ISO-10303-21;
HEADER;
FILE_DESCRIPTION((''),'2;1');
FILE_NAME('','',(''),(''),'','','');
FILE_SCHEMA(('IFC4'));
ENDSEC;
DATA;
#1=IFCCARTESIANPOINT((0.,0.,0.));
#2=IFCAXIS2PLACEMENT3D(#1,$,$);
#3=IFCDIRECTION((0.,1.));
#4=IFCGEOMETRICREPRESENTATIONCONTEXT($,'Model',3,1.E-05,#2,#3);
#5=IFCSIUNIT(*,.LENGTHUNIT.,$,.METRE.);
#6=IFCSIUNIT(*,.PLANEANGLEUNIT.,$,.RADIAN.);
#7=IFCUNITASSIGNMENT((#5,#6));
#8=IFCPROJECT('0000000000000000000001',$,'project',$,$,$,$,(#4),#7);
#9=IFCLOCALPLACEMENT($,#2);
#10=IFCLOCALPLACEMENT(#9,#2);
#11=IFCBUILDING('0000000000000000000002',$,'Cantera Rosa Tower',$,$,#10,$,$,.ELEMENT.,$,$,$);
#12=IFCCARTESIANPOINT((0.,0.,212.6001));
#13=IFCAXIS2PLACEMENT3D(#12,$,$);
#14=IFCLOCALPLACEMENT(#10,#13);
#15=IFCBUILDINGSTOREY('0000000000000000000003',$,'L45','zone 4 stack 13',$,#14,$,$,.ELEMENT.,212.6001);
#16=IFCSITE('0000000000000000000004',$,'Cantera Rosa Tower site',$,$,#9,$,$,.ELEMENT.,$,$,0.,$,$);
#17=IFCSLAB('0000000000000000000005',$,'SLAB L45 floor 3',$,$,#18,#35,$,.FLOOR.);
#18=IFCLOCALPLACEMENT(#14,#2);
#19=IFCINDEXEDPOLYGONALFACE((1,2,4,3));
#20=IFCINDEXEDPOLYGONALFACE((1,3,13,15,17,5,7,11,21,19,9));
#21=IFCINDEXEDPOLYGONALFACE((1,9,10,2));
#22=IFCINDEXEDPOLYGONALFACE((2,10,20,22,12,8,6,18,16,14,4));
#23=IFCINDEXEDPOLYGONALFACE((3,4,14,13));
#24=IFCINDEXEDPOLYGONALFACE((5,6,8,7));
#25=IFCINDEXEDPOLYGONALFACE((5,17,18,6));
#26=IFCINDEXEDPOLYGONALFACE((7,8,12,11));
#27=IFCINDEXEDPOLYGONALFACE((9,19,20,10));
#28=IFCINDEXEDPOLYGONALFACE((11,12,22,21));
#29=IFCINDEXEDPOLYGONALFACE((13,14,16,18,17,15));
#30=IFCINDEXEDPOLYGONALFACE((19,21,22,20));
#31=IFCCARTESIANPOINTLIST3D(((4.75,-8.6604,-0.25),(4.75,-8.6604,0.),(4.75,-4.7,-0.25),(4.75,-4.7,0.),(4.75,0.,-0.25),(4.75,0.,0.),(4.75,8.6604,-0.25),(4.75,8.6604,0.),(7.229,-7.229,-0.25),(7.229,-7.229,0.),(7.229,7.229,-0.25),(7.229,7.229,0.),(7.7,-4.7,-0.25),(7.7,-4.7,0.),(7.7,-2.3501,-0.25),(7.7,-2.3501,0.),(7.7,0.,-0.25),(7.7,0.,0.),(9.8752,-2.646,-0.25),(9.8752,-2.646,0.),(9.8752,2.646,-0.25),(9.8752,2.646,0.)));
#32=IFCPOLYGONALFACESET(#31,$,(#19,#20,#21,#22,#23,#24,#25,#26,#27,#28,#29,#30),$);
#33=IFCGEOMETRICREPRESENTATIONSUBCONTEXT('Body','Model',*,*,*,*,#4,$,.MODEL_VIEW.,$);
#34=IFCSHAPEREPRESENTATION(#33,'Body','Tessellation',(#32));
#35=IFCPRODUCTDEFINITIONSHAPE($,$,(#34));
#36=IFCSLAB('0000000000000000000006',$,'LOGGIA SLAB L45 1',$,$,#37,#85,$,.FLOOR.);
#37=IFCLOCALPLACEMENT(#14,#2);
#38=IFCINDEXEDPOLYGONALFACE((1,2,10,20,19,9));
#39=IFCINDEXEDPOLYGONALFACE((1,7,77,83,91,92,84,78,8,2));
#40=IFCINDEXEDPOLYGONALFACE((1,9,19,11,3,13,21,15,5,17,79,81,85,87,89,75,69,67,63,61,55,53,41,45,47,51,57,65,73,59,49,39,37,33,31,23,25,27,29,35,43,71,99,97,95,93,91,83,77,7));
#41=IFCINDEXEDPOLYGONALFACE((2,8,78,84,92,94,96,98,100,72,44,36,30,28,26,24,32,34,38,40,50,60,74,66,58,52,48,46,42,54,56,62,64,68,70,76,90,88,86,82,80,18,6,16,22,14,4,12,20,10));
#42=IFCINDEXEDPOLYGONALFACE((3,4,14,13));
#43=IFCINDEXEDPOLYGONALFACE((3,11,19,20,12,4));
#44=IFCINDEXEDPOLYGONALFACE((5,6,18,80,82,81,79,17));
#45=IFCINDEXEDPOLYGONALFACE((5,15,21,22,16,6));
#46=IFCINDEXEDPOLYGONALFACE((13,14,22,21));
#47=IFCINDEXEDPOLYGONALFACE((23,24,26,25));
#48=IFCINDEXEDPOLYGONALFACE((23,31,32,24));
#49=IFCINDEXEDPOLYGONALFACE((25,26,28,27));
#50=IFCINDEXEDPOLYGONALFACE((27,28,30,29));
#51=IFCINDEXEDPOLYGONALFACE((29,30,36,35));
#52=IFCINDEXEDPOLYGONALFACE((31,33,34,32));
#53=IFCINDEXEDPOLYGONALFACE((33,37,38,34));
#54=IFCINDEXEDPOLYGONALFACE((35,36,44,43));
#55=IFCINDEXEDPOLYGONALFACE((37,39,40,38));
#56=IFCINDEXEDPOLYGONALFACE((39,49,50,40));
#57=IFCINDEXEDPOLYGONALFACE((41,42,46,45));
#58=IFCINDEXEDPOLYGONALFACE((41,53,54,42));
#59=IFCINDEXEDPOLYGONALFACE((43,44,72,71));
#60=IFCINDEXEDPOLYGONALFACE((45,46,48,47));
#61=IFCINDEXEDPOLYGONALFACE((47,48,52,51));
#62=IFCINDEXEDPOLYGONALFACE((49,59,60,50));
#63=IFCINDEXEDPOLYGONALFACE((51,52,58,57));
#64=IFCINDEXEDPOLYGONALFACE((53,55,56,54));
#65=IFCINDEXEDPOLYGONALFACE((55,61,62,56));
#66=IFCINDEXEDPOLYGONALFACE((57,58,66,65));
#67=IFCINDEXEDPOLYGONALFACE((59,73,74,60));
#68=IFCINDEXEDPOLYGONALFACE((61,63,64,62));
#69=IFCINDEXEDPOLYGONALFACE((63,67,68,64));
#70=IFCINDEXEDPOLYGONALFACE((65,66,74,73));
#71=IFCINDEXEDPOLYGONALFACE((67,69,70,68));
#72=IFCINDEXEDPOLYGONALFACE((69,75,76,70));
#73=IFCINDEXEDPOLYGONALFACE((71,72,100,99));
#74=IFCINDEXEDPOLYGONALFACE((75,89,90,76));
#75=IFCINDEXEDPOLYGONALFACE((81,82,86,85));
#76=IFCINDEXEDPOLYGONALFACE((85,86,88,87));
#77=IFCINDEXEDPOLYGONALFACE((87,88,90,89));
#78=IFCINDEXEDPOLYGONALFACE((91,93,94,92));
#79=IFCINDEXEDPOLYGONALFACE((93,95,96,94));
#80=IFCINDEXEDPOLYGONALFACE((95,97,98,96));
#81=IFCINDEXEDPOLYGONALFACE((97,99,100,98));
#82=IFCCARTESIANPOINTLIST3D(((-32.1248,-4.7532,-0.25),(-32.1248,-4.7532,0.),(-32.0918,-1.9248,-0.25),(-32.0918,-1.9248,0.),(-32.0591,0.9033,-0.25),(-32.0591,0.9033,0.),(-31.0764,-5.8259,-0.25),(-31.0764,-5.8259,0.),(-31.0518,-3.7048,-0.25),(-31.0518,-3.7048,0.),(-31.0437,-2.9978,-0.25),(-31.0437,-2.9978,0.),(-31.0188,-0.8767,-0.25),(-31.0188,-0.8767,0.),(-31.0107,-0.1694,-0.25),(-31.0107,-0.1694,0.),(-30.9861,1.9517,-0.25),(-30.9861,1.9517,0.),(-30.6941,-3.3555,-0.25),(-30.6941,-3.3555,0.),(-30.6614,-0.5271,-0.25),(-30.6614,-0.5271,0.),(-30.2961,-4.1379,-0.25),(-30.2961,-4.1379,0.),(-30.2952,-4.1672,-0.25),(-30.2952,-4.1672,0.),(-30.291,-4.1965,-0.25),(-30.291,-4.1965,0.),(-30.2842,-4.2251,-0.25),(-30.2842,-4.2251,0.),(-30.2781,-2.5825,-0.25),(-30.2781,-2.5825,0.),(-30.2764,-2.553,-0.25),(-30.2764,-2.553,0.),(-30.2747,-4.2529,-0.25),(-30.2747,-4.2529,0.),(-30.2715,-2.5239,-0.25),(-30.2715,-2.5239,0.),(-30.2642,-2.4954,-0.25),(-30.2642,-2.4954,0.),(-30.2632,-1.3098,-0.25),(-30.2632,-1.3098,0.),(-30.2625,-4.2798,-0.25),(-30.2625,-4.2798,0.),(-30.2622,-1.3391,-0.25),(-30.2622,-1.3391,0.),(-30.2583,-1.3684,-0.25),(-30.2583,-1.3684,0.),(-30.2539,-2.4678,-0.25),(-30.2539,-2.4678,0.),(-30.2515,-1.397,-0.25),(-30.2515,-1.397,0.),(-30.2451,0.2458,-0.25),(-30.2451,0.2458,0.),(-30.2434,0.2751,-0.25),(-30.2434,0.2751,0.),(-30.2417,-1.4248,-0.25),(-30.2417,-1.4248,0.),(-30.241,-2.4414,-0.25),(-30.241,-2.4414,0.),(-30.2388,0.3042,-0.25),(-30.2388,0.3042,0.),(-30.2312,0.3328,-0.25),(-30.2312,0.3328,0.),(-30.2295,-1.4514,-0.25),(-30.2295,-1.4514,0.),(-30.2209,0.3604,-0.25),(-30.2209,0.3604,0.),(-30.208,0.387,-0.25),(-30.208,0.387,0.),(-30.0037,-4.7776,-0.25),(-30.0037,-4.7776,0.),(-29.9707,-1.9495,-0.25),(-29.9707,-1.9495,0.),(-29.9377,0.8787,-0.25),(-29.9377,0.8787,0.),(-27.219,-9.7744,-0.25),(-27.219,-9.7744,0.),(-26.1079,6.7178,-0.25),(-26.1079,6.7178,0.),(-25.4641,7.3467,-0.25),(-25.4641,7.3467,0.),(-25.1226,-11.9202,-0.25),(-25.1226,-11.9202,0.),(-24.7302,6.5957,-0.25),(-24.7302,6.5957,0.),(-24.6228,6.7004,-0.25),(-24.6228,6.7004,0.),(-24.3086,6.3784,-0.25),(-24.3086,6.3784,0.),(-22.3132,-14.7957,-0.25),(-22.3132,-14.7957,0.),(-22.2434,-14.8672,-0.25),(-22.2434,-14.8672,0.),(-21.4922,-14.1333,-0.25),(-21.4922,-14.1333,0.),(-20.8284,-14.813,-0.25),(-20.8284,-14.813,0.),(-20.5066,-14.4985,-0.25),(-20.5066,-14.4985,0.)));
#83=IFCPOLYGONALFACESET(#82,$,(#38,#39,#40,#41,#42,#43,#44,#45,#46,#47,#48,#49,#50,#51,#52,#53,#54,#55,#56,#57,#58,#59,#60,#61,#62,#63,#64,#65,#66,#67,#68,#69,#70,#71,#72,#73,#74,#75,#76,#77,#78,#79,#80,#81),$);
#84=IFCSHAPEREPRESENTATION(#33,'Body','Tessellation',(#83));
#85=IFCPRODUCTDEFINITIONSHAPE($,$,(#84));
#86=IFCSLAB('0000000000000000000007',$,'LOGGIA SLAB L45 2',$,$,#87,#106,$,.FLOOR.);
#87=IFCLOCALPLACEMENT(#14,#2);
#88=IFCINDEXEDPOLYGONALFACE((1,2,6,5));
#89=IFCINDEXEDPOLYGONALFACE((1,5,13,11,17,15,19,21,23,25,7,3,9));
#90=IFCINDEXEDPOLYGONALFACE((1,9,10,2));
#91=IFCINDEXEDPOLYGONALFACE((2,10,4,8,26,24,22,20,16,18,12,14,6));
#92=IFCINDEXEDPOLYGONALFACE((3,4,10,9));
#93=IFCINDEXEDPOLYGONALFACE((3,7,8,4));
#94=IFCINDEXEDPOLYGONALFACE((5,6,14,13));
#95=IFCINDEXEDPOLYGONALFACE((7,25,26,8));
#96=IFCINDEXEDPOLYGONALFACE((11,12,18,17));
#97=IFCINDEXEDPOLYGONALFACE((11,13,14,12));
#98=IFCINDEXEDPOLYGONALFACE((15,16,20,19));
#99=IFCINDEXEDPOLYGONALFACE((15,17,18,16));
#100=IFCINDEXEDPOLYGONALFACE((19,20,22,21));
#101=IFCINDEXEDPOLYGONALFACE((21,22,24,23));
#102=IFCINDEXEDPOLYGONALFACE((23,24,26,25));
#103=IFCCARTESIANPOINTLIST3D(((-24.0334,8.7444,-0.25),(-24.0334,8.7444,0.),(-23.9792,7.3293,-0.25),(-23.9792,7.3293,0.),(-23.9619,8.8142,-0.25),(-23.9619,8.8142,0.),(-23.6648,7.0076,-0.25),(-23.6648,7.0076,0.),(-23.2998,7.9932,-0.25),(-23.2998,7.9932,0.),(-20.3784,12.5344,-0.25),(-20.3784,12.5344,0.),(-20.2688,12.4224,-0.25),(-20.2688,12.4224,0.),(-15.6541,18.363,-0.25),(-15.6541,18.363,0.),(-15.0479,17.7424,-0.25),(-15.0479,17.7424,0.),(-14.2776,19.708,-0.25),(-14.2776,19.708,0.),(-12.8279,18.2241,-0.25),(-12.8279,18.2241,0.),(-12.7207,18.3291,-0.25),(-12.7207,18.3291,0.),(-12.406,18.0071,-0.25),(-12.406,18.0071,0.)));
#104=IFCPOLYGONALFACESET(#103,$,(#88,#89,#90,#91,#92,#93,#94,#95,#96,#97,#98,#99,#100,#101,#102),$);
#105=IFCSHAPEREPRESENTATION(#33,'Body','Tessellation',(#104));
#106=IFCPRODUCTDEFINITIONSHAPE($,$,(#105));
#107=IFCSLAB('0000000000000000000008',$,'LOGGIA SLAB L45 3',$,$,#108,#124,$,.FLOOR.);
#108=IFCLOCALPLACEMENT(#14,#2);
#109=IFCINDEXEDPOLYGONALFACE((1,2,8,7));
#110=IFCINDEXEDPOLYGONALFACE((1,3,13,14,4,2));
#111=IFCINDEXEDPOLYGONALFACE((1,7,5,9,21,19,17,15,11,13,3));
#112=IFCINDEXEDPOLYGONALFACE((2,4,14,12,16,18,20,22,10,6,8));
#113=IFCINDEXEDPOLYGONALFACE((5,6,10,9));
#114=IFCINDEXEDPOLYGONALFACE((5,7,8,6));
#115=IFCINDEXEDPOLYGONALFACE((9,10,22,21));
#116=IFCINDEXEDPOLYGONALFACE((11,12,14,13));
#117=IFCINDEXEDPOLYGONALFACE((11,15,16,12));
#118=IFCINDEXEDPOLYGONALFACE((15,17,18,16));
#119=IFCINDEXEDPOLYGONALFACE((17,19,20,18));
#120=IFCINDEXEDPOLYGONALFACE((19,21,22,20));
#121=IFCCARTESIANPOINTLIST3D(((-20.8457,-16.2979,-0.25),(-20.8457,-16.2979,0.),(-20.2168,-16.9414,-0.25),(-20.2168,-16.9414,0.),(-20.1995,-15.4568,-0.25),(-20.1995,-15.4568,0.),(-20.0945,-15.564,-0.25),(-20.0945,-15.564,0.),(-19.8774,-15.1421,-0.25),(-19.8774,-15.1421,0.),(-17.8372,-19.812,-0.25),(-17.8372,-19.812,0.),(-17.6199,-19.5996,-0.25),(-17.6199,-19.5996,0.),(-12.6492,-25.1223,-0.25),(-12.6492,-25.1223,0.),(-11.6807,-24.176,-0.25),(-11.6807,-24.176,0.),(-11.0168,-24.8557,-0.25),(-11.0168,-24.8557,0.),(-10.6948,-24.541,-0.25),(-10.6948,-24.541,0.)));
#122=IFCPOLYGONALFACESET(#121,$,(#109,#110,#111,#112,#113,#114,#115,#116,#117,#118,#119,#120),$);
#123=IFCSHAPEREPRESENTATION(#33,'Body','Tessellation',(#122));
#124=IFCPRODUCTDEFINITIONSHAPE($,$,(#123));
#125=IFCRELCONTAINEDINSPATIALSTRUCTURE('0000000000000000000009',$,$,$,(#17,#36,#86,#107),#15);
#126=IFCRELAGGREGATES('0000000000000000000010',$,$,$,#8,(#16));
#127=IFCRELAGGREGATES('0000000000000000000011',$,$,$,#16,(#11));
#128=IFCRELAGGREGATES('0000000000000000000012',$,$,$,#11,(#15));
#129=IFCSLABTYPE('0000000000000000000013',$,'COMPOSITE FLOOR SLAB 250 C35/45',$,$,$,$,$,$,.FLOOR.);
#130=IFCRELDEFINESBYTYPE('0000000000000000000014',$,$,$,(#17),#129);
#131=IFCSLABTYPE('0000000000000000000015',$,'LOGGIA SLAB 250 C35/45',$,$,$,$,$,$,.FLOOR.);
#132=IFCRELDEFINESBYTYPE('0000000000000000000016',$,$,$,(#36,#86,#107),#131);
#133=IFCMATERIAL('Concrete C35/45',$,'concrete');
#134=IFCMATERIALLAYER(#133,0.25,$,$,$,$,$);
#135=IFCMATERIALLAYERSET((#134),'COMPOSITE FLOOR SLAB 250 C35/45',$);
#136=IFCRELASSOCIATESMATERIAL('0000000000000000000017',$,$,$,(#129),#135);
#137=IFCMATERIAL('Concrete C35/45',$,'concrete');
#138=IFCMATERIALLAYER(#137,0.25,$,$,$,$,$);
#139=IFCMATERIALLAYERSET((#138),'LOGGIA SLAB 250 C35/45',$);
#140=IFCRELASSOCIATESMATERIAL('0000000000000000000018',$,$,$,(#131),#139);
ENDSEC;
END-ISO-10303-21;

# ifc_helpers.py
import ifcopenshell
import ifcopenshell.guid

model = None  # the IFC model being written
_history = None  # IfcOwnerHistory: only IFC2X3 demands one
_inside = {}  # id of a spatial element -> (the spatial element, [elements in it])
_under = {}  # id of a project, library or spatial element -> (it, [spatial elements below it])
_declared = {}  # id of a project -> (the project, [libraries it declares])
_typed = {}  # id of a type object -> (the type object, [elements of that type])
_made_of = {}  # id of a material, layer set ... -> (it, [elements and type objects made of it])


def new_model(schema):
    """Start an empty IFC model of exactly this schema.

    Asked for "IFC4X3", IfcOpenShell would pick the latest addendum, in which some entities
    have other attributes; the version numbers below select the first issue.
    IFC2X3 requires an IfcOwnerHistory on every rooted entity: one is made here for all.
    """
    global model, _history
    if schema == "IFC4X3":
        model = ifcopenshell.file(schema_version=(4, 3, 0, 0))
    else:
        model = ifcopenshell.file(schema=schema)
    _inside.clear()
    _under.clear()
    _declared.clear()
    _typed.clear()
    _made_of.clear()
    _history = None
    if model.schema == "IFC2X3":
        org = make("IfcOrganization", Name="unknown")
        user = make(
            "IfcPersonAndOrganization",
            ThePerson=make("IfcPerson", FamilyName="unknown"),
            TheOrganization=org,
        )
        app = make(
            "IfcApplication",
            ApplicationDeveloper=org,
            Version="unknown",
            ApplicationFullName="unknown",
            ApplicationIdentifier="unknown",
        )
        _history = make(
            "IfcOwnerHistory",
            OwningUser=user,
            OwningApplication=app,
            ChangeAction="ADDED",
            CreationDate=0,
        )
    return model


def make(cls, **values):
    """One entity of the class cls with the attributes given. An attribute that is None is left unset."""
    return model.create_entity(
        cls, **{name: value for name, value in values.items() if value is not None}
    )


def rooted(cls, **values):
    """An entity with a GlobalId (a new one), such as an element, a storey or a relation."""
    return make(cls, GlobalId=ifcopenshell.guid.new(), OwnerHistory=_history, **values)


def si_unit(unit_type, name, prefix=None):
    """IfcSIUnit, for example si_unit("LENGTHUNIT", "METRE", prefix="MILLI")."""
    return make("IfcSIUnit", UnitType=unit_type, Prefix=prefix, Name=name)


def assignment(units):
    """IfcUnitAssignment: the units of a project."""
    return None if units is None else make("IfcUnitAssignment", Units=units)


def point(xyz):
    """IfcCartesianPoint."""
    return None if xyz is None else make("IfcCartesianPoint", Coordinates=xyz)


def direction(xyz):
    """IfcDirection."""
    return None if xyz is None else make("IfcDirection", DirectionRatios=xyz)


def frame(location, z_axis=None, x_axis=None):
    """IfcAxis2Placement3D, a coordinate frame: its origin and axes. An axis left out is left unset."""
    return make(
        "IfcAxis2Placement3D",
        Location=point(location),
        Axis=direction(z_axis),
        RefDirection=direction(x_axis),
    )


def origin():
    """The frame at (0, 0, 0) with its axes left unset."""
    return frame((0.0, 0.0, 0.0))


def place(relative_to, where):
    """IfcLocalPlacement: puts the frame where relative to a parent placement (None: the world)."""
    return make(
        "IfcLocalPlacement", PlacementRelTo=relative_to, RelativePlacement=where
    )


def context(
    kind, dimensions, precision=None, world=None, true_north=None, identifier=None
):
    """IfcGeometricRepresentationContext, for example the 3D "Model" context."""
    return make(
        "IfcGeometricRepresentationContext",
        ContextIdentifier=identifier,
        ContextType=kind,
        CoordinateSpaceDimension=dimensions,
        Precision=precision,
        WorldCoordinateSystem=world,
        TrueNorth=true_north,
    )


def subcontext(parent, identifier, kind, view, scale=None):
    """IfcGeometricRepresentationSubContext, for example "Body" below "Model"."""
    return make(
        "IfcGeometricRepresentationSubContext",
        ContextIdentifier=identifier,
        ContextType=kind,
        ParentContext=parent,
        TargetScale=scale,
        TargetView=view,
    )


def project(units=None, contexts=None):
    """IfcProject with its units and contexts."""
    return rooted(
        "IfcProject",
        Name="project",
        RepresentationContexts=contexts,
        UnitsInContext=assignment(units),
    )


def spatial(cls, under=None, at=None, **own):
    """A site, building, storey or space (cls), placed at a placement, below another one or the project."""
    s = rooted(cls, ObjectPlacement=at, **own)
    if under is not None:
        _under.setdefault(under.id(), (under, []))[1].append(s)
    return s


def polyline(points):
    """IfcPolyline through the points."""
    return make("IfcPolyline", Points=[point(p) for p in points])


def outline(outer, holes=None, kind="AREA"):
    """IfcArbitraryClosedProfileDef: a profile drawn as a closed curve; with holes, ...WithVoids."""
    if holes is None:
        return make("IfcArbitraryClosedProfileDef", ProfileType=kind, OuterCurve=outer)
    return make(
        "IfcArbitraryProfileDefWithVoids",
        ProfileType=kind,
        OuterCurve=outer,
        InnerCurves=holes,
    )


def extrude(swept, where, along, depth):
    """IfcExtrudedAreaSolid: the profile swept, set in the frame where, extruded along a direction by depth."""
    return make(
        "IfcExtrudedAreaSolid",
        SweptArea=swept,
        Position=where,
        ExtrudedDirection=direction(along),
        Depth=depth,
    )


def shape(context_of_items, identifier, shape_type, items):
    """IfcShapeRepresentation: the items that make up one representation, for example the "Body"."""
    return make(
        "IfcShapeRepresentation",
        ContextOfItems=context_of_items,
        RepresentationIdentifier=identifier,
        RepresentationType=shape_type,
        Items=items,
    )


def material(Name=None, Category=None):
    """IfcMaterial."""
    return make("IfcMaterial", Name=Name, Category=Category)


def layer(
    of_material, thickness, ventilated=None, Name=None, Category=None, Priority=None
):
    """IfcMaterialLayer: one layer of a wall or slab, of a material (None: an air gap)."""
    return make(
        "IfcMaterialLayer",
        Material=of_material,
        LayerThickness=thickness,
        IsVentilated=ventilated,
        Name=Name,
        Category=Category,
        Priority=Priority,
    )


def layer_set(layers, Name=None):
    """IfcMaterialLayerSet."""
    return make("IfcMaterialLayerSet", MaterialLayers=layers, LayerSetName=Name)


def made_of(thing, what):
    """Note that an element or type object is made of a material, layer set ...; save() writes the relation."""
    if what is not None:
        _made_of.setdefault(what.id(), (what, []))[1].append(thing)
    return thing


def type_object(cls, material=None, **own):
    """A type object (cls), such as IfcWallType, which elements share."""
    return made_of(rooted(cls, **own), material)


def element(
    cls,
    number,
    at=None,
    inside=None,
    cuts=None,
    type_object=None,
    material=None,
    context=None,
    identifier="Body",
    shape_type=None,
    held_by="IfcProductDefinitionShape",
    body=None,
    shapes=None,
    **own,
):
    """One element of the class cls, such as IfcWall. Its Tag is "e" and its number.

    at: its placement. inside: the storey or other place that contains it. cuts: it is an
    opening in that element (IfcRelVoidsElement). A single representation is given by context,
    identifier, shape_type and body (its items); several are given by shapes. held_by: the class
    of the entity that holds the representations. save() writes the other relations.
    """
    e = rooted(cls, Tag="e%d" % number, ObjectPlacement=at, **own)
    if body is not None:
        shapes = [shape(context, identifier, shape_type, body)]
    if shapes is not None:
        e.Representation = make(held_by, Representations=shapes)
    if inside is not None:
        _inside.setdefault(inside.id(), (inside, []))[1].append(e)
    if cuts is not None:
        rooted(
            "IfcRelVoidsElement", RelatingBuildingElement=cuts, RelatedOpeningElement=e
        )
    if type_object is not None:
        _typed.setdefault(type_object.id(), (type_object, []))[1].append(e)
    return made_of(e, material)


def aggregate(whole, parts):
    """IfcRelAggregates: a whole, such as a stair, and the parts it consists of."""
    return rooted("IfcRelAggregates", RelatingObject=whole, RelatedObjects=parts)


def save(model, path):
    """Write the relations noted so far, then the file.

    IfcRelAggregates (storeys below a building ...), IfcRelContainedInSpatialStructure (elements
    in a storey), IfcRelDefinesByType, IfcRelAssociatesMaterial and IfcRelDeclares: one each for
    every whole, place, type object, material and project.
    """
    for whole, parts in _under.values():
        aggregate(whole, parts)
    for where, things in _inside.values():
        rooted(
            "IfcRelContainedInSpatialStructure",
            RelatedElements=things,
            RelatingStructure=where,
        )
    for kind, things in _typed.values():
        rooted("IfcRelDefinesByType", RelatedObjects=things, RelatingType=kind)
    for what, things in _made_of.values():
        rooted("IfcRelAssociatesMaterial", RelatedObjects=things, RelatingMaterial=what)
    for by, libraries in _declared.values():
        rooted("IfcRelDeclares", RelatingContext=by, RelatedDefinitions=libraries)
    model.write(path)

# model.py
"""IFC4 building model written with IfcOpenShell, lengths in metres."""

from ifc_helpers import new_model, si_unit, direction, frame, origin, place, context, subcontext, project, spatial, polyline, outline, extrude, material, layer, layer_set, type_object, element, save


model = new_model("IFC4")

# Units and contexts
model_context = context("Model", 3, precision=1e-05, world=origin(), true_north=direction((0.0, 1.0)))
body_context = subcontext(model_context, "Body", "Model", "MODEL_VIEW")
ifc_project = project(units=[si_unit("LENGTHUNIT", "METRE"), si_unit("PLANEANGLEUNIT", "RADIAN")], contexts=[model_context])

# Site, building, storey
site_placement = place(None, origin())
site = spatial("IfcSite", under=ifc_project, at=site_placement, Name="Cantera Rosa Tower site", CompositionType="ELEMENT", RefElevation=0.0)
building_placement = place(site_placement, origin())
building = spatial("IfcBuilding", under=site, at=building_placement, Name="Cantera Rosa Tower", CompositionType="ELEMENT")
storey_placement = place(building_placement, frame((0.0, 0.0, 212.6001)))
storey = spatial("IfcBuildingStorey", under=building, at=storey_placement, Name="L45", Description="zone 4 stack 13", CompositionType="ELEMENT", Elevation=212.6001)

# Slabs
ifc_material_1 = material(Name="Concrete C35/45", Category="concrete")
ifc_layer_1 = layer(ifc_material_1, 0.25)
ifc_layer_set_1 = layer_set([ifc_layer_1], Name="COMPOSITE FLOOR SLAB 250 C35/45")
slab_type_1 = type_object("IfcSlabType", Name="COMPOSITE FLOOR SLAB 250 C35/45", PredefinedType="FLOOR", material=ifc_layer_set_1)
slab_1_placement = place(storey_placement, frame((0.0, 0.0, -0.25)))
element("IfcSlab", 1, at=slab_1_placement, inside=storey, type_object=slab_type_1, Name="SLAB L45 floor 3", PredefinedType="FLOOR", context=body_context, shape_type="SweptSolid", body=[
    extrude(outline(polyline([(7.7, -2.3501), (7.7, 0.0), (4.75, 0.0), (4.75, 8.6604), (7.229, 7.229), (9.8752, 2.646), (9.8752, -2.646), (7.229, -7.229), (4.75, -8.6604), (4.75, -4.7), (7.7, -4.7), (7.7, -2.3501)])), origin(), (0.0, 0.0, 1.0), 0.25),
])
ifc_material_2 = material(Name="Concrete C35/45", Category="concrete")
ifc_layer_2 = layer(ifc_material_2, 0.25)
ifc_layer_set_2 = layer_set([ifc_layer_2], Name="LOGGIA SLAB 250 C35/45")
slab_type_2 = type_object("IfcSlabType", Name="LOGGIA SLAB 250 C35/45", PredefinedType="FLOOR", material=ifc_layer_set_2)
slab_2_placement = place(storey_placement, frame((0.0, 0.0, -0.25)))
element("IfcSlab", 2, at=slab_2_placement, inside=storey, type_object=slab_type_2, Name="LOGGIA SLAB L45 1", PredefinedType="FLOOR", context=body_context, shape_type="SweptSolid", body=[
    extrude(outline(polyline([(-27.219, -9.7744), (-31.0764, -5.8259), (-32.1248, -4.7532), (-31.0518, -3.7048), (-30.6941, -3.3555), (-31.0437, -2.9978), (-32.0918, -1.9248), (-31.0188, -0.8767), (-30.6614, -0.5271), (-31.0107, -0.1694), (-32.0591, 0.9033), (-30.9861, 1.9517), (-26.1079, 6.7178), (-25.4641, 7.3467), (-24.7302, 6.5957), (-24.6228, 6.7004), (-24.3086, 6.3784), (-29.9377, 0.8787), (-30.208, 0.387), (-30.2209, 0.3604), (-30.2312, 0.3328), (-30.2388, 0.3042), (-30.2434, 0.2751), (-30.2451, 0.2458), (-30.2632, -1.3098), (-30.2622, -1.3391), (-30.2583, -1.3684), (-30.2515, -1.397), (-30.2417, -1.4248), (-30.2295, -1.4514), (-29.9707, -1.9495), (-30.241, -2.4414), (-30.2539, -2.4678), (-30.2642, -2.4954), (-30.2715, -2.5239), (-30.2764, -2.553), (-30.2781, -2.5825), (-30.2961, -4.1379), (-30.2952, -4.1672), (-30.291, -4.1965), (-30.2842, -4.2251), (-30.2747, -4.2529), (-30.2625, -4.2798), (-30.0037, -4.7776), (-20.5066, -14.4985), (-20.8284, -14.813), (-21.4922, -14.1333), (-22.2434, -14.8672), (-22.3132, -14.7957), (-25.1226, -11.9202), (-27.219, -9.7744)])), origin(), (0.0, 0.0, 1.0), 0.25),
])
slab_3_placement = place(storey_placement, frame((0.0, 0.0, -0.25)))
element("IfcSlab", 3, at=slab_3_placement, inside=storey, type_object=slab_type_2, Name="LOGGIA SLAB L45 2", PredefinedType="FLOOR", context=body_context, shape_type="SweptSolid", body=[
    extrude(outline(polyline([(-20.3784, 12.5344), (-15.0479, 17.7424), (-15.6541, 18.363), (-14.2776, 19.708), (-12.8279, 18.2241), (-12.7207, 18.3291), (-12.406, 18.0071), (-23.6648, 7.0076), (-23.9792, 7.3293), (-23.2998, 7.9932), (-24.0334, 8.7444), (-23.9619, 8.8142), (-20.2688, 12.4224), (-20.3784, 12.5344)])), origin(), (0.0, 0.0, 1.0), 0.25),
])
slab_4_placement = place(storey_placement, frame((0.0, 0.0, -0.25)))
element("IfcSlab", 4, at=slab_4_placement, inside=storey, type_object=slab_type_2, Name="LOGGIA SLAB L45 3", PredefinedType="FLOOR", context=body_context, shape_type="SweptSolid", body=[
    extrude(outline(polyline([(-20.2168, -16.9414), (-20.8457, -16.2979), (-20.0945, -15.564), (-20.1995, -15.4568), (-19.8774, -15.1421), (-10.6948, -24.541), (-11.0168, -24.8557), (-11.6807, -24.176), (-12.6492, -25.1223), (-17.8372, -19.812), (-17.6199, -19.5996), (-20.2168, -16.9414)])), origin(), (0.0, 0.0, 1.0), 0.25),
])

save(model, "model.ifc")
